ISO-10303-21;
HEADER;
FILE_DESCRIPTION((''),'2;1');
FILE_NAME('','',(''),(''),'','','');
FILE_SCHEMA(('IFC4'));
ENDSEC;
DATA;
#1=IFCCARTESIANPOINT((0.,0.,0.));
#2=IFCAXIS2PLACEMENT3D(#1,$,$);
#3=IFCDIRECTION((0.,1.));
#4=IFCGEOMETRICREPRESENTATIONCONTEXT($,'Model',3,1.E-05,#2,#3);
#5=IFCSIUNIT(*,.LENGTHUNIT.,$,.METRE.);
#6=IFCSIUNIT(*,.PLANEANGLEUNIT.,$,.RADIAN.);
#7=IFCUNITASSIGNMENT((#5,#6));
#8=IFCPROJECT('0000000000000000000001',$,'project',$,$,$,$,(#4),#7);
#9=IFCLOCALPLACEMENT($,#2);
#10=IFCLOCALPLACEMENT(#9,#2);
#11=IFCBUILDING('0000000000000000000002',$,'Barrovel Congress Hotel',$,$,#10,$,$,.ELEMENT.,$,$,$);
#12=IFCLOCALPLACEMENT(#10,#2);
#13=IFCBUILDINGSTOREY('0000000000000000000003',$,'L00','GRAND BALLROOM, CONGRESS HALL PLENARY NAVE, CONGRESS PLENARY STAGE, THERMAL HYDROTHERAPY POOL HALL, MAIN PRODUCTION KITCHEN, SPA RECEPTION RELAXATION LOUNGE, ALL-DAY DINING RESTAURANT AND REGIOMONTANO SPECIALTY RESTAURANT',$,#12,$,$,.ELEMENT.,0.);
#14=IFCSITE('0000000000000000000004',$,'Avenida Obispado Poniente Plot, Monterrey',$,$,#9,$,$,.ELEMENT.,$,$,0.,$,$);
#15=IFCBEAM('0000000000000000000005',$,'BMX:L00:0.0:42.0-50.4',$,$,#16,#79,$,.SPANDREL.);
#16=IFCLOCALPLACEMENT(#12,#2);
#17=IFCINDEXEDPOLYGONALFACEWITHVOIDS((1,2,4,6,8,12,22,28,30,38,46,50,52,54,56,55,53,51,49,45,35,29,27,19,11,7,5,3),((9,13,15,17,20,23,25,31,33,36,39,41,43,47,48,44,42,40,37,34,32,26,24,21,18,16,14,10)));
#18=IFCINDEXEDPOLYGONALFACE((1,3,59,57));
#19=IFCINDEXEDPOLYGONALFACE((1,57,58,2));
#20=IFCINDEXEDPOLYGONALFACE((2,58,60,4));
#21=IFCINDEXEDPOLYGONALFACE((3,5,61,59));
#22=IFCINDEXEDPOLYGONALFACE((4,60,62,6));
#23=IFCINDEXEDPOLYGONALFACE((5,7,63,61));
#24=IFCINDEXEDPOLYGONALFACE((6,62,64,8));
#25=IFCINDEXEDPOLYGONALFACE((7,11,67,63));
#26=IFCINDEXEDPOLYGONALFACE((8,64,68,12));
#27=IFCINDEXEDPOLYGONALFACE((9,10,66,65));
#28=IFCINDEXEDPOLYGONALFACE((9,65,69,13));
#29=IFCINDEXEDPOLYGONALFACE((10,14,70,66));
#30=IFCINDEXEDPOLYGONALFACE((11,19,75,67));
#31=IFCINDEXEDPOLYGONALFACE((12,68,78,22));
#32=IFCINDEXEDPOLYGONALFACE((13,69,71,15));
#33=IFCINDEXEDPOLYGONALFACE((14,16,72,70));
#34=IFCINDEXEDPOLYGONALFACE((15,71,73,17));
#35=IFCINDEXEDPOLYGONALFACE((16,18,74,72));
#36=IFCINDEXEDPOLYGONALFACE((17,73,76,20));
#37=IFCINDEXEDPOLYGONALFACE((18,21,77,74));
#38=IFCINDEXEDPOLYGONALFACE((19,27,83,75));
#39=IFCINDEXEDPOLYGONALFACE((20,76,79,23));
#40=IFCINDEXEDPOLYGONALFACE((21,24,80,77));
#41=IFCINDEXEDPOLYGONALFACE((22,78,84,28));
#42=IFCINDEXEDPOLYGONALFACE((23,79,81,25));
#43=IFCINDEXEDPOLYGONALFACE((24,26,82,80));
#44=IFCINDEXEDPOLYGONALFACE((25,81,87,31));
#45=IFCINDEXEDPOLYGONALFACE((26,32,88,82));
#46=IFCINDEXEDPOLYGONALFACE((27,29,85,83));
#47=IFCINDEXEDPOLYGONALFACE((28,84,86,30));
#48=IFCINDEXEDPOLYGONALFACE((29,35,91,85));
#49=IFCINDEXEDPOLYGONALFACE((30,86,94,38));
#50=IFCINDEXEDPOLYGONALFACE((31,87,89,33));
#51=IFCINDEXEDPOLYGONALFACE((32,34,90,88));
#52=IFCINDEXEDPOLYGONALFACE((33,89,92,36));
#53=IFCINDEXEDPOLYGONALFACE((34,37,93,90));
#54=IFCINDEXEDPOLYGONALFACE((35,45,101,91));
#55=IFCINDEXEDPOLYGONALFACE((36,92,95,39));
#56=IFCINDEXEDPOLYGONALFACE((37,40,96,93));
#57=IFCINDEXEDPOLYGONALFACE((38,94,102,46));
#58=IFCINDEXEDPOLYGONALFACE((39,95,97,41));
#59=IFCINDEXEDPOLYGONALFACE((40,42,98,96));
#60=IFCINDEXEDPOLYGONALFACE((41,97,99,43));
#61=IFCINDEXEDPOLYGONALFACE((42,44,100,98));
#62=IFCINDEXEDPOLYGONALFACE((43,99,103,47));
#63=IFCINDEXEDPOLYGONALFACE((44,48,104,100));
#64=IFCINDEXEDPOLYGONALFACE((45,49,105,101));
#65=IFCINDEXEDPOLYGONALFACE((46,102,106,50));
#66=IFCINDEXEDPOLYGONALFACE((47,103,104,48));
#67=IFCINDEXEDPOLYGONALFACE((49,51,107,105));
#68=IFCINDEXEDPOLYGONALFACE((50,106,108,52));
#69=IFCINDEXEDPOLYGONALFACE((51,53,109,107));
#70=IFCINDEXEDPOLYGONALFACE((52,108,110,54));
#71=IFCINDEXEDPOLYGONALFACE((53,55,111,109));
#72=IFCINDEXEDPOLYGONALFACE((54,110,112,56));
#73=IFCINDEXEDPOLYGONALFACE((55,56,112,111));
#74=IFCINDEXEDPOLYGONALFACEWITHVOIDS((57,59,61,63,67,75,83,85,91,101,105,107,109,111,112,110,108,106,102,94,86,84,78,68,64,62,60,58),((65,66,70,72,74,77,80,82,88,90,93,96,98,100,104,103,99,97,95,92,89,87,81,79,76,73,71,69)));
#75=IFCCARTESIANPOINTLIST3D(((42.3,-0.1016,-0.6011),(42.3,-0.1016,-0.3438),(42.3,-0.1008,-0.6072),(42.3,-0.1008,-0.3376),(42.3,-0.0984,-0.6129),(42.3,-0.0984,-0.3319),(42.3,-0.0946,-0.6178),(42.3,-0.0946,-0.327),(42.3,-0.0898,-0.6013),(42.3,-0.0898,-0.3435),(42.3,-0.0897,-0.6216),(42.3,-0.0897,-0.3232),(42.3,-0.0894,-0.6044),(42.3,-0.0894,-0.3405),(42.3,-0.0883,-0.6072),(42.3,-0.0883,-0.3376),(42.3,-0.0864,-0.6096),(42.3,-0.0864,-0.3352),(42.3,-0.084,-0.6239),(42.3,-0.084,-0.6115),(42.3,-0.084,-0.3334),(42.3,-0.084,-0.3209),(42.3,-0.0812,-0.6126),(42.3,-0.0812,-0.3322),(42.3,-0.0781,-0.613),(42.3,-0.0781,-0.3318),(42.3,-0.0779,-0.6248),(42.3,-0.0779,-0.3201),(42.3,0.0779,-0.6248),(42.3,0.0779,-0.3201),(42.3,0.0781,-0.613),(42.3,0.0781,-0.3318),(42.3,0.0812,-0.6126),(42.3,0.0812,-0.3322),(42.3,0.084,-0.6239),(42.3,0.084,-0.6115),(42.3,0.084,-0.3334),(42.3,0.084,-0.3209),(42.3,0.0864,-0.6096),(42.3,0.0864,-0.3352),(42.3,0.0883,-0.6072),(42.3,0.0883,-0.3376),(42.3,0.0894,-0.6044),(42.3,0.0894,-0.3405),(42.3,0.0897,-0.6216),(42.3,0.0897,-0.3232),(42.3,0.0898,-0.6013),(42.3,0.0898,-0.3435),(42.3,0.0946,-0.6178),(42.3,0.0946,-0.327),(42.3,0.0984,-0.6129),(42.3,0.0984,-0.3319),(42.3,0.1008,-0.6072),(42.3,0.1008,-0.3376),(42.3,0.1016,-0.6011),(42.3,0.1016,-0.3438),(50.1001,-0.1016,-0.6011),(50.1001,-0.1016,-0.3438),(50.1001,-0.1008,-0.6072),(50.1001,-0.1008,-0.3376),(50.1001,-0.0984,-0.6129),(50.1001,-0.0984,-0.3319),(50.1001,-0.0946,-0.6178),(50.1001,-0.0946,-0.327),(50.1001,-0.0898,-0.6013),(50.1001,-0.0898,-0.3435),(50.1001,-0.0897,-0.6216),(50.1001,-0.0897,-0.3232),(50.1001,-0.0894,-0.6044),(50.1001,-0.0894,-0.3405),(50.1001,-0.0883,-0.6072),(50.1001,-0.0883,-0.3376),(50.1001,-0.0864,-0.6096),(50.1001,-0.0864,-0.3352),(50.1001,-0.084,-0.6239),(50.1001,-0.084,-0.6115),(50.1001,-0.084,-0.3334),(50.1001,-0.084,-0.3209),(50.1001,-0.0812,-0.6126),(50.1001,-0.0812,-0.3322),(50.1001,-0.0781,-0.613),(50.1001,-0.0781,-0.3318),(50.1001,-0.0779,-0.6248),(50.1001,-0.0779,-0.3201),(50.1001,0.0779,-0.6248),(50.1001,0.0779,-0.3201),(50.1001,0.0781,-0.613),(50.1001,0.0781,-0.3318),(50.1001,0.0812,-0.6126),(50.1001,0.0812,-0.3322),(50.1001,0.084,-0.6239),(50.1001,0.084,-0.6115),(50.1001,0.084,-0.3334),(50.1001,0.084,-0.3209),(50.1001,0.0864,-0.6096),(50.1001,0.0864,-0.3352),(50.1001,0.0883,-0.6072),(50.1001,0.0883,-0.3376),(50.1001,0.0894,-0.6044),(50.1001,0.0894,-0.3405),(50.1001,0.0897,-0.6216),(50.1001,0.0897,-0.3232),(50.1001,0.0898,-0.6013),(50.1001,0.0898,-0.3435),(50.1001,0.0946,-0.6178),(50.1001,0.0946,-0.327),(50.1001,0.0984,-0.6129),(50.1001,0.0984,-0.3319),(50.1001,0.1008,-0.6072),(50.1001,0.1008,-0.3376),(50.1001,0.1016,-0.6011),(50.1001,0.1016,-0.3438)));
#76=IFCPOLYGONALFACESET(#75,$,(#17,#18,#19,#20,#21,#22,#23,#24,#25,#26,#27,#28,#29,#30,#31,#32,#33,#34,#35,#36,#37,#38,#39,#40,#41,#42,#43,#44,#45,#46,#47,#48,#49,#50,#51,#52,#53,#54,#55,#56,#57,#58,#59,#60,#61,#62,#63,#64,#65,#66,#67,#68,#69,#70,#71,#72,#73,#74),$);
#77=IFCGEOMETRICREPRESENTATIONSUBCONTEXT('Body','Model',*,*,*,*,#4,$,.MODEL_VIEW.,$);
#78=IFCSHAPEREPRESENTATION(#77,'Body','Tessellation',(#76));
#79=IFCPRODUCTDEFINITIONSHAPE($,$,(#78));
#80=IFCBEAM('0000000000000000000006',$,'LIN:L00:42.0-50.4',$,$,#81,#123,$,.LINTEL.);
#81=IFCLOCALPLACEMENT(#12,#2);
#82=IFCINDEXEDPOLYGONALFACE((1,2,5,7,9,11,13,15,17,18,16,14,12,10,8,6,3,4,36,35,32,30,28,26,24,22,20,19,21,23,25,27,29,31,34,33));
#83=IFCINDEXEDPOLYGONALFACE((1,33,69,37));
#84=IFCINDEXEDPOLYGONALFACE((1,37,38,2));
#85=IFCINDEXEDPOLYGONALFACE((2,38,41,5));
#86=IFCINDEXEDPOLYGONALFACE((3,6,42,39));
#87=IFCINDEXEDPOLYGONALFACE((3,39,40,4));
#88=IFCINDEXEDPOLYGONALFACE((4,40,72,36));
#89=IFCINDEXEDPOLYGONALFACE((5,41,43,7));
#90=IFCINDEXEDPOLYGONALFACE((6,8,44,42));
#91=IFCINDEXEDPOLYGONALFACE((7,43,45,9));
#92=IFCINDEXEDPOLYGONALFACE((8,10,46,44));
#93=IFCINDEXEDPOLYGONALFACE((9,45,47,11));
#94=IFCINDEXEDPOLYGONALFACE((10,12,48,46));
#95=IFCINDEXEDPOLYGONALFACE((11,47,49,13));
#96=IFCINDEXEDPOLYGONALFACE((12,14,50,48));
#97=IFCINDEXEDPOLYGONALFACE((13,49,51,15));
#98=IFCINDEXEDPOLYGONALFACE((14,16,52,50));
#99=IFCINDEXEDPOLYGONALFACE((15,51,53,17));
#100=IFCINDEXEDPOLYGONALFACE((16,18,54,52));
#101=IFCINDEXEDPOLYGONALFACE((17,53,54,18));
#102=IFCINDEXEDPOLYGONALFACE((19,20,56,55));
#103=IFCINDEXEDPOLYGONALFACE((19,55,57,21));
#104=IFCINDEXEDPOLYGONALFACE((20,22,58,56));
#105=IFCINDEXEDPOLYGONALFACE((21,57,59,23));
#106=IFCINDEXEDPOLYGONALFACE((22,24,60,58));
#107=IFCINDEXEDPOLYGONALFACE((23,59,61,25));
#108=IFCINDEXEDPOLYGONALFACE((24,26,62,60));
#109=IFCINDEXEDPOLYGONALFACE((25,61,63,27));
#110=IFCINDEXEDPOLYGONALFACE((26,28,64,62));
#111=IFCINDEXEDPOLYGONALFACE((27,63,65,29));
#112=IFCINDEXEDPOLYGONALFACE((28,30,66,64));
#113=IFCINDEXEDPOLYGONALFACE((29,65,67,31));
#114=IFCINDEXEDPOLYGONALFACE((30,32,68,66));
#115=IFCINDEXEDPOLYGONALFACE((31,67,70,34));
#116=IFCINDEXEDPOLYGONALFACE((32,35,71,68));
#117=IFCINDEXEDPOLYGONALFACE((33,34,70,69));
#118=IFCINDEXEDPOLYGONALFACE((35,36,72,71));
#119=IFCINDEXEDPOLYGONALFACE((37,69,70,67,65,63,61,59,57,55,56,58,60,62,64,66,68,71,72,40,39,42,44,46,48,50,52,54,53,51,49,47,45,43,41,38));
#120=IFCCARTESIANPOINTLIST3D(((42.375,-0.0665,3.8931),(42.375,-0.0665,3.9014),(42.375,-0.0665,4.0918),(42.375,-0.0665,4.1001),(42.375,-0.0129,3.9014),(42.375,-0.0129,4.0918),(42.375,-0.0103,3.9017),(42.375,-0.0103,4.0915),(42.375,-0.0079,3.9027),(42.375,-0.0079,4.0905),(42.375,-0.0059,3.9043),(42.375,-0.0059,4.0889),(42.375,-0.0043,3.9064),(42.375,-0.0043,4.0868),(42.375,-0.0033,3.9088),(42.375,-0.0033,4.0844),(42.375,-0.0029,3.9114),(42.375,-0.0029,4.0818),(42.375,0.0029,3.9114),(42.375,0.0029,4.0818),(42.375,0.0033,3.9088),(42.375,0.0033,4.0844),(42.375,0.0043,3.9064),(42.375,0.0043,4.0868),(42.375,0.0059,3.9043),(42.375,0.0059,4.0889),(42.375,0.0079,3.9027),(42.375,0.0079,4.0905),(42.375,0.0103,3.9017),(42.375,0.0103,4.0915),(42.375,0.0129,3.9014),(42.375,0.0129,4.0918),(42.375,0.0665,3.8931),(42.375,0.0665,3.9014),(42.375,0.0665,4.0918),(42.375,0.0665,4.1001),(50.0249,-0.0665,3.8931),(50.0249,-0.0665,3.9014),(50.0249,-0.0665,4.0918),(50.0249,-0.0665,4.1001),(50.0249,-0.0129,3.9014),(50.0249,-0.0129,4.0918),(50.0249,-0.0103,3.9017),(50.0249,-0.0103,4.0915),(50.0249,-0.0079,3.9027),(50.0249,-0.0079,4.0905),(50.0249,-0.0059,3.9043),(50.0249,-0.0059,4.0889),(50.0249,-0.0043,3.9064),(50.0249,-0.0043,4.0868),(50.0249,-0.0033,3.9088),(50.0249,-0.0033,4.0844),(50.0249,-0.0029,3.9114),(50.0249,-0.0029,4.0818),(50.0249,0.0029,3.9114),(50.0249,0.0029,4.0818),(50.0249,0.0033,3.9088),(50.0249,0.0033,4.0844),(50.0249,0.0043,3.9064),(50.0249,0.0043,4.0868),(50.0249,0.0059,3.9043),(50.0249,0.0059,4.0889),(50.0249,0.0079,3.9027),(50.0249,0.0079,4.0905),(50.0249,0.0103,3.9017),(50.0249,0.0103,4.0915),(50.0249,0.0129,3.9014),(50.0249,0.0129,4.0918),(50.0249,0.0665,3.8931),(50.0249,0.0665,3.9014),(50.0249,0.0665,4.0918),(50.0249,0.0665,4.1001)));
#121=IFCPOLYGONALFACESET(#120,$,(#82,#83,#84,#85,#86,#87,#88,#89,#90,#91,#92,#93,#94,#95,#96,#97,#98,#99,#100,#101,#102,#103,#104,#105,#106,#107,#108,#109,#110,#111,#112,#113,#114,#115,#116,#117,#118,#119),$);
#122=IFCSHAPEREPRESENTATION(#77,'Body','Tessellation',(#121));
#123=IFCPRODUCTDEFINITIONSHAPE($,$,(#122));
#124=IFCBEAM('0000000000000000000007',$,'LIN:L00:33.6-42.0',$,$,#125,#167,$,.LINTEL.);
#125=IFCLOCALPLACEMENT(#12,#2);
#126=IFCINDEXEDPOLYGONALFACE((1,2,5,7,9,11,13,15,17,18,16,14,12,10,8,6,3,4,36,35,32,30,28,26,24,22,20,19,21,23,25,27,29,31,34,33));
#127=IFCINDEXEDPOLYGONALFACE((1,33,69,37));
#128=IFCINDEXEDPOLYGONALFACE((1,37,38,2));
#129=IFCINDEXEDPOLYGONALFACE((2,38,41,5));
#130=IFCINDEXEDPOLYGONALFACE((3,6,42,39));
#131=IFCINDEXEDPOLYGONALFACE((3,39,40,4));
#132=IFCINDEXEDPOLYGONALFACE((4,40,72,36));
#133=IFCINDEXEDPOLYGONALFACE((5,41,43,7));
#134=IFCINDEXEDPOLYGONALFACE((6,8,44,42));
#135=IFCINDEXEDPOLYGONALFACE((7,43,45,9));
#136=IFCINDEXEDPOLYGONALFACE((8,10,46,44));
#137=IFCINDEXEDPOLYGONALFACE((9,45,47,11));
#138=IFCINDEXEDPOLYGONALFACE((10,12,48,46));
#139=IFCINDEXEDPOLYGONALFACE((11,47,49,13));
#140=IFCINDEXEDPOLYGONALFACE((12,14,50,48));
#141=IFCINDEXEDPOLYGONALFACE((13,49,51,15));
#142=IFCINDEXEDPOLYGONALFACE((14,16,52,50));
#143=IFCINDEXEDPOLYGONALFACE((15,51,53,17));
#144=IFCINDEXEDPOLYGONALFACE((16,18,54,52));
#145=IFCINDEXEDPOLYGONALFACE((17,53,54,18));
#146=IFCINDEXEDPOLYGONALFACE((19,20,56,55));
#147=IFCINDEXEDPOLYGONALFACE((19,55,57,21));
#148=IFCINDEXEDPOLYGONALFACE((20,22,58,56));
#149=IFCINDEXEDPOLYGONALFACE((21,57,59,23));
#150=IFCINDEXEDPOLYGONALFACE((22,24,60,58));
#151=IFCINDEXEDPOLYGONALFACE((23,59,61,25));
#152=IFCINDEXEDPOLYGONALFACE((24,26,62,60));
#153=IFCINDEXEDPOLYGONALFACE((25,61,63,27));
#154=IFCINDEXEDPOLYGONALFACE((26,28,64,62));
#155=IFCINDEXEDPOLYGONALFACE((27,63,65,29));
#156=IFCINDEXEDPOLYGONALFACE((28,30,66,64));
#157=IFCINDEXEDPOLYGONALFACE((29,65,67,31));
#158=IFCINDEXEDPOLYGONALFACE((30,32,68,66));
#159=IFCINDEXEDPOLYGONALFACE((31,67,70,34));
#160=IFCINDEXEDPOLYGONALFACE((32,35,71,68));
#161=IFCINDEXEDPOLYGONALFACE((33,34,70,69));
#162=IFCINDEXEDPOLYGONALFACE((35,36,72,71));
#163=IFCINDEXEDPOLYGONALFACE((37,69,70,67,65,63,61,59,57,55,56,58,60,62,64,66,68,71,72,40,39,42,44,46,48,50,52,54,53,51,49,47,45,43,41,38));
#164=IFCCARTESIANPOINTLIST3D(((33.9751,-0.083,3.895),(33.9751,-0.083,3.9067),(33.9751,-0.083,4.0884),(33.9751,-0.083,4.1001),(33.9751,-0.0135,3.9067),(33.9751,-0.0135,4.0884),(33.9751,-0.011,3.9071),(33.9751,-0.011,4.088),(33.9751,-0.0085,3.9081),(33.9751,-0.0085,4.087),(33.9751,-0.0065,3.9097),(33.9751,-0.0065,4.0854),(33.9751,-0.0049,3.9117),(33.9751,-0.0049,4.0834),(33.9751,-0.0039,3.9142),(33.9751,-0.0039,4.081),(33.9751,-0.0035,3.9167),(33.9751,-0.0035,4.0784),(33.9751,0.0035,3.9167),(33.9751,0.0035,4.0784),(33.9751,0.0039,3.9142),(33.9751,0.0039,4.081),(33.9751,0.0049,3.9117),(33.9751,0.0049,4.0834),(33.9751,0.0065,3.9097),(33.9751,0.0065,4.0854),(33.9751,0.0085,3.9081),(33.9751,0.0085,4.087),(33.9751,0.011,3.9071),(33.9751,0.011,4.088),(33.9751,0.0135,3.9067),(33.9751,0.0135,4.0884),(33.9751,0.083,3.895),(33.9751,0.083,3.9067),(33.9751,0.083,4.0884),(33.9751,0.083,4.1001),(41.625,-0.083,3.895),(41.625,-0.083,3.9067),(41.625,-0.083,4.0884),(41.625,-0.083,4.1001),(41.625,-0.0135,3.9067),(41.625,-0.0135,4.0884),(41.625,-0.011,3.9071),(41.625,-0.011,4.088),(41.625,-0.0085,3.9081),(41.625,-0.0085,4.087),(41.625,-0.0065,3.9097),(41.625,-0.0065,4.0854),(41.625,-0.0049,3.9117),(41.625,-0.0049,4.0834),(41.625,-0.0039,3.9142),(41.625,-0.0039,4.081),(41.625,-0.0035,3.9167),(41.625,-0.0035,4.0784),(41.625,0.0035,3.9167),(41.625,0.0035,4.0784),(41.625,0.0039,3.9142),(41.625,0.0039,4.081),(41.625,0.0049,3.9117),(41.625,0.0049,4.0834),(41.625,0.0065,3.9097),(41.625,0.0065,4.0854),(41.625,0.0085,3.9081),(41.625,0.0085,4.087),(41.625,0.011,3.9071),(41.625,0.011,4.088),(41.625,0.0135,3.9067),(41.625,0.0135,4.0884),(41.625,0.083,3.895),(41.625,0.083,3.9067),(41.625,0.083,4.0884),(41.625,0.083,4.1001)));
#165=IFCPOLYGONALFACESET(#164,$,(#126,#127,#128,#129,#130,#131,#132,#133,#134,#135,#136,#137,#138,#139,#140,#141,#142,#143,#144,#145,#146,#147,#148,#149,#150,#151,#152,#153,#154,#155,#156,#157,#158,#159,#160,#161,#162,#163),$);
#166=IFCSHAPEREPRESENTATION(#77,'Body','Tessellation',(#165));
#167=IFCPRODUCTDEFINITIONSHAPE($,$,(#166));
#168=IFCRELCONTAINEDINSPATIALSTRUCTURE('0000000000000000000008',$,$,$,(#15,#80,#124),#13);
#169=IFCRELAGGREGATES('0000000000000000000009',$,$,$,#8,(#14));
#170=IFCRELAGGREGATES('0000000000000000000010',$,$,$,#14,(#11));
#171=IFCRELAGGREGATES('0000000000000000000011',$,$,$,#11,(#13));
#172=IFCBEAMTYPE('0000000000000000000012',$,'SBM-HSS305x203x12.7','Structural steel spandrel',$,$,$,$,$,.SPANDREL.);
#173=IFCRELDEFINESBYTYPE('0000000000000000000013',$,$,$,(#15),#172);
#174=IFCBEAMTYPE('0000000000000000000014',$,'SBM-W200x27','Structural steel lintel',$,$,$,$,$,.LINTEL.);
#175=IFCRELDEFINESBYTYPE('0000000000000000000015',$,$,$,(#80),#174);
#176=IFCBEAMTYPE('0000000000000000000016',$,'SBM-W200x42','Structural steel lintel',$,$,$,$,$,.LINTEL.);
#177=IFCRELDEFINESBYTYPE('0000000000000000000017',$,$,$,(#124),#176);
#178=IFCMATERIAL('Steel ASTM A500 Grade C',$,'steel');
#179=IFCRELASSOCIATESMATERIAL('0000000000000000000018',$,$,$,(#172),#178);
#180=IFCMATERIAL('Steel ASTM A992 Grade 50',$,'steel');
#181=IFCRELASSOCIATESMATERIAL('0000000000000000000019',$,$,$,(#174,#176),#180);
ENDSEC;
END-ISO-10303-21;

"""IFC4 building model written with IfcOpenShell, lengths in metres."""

from ifc_helpers import new_model, si_unit, direction, frame, origin, origin_2d, place, context, subcontext, project, spatial, hollow_rectangle, i_section, extrude, material, material_profile, profile_set, type_object, element, save


model = new_model("IFC4")

# Units and contexts
model_context = context("Model", 3, precision=1e-05, world=origin(), true_north=direction((0.0, 1.0)))
body_context = subcontext(model_context, "Body", "Model", "MODEL_VIEW")
ifc_project = project(units=[si_unit("LENGTHUNIT", "METRE"), si_unit("PLANEANGLEUNIT", "RADIAN")], contexts=[model_context])

# Site, building, storey
site_placement = place(None, origin())
site = spatial("IfcSite", under=ifc_project, at=site_placement, Name="Avenida Obispado Poniente Plot, Monterrey", CompositionType="ELEMENT", RefElevation=0.0)
building_placement = place(site_placement, origin())
building = spatial("IfcBuilding", under=site, at=building_placement, Name="Barrovel Congress Hotel", CompositionType="ELEMENT")
storey_placement = place(building_placement, origin())
storey = spatial("IfcBuildingStorey", under=building, at=storey_placement, Name="L00", Description="GRAND BALLROOM, CONGRESS HALL PLENARY NAVE, CONGRESS PLENARY STAGE, THERMAL HYDROTHERAPY POOL HALL, MAIN PRODUCTION KITCHEN, SPA RECEPTION RELAXATION LOUNGE, ALL-DAY DINING RESTAURANT AND REGIOMONTANO SPECIALTY RESTAURANT", CompositionType="ELEMENT", Elevation=0.0)

# Beams
ifc_material_1 = material(Name="Steel ASTM A500 Grade C", Category="steel")
ifc_material_profile_1 = material_profile(ifc_material_1, hollow_rectangle(XDim=0.2031, YDim=0.3047, WallThickness=0.0117, InnerFilletRadius=0.0117, OuterFilletRadius=0.0237, at=origin_2d()), Name="HSS305x203x12.7")
ifc_profile_set_1 = profile_set([ifc_material_profile_1], Name="Steel ASTM A500 Grade C")
beam_type_1 = type_object("IfcBeamType", Name="SBM-HSS305x203x12.7", Description="Structural steel spandrel", PredefinedType="SPANDREL", material=ifc_profile_set_1)
beam_1_placement = place(storey_placement, frame((42.3, 0.0, -0.4724), z_axis=(1.0, 0.0, 0.0), x_axis=(0.0, 1.0, 0.0)))
element("IfcBeam", 1, at=beam_1_placement, inside=storey, type_object=beam_type_1, Name="BMX:L00:0.0:42.0-50.4", PredefinedType="SPANDREL", context=body_context, shape_type="SweptSolid", body=[
    extrude(hollow_rectangle(XDim=0.2031, YDim=0.3047, WallThickness=0.0117, InnerFilletRadius=0.0117, OuterFilletRadius=0.0237, at=origin_2d()), origin(), (0.0, 0.0, 1.0), 7.8),
])
ifc_material_2 = material(Name="Steel ASTM A992 Grade 50", Category="steel")
ifc_material_profile_2 = material_profile(ifc_material_2, i_section(OverallWidth=0.1331, OverallDepth=0.207, WebThickness=0.0059, FlangeThickness=0.0083, FilletRadius=0.01, at=origin_2d()), Name="W200x27")
ifc_profile_set_2 = profile_set([ifc_material_profile_2], Name="Steel ASTM A992 Grade 50")
beam_type_2 = type_object("IfcBeamType", Name="SBM-W200x27", Description="Structural steel lintel", PredefinedType="LINTEL", material=ifc_profile_set_2)
beam_2_placement = place(storey_placement, frame((42.375, 0.0, 3.9966), z_axis=(1.0, 0.0, 0.0), x_axis=(0.0, 1.0, 0.0)))
element("IfcBeam", 2, at=beam_2_placement, inside=storey, type_object=beam_type_2, Name="LIN:L00:42.0-50.4", PredefinedType="LINTEL", context=body_context, shape_type="SweptSolid", body=[
    extrude(i_section(OverallWidth=0.1331, OverallDepth=0.207, WebThickness=0.0059, FlangeThickness=0.0083, FilletRadius=0.01, at=origin_2d()), origin(), (0.0, 0.0, 1.0), 7.6499),
])
ifc_material_profile_3 = material_profile(ifc_material_2, i_section(OverallWidth=0.166, OverallDepth=0.2051, WebThickness=0.0071, FlangeThickness=0.0117, FilletRadius=0.01, at=origin_2d()), Name="W200x42")
ifc_profile_set_3 = profile_set([ifc_material_profile_3], Name="Steel ASTM A992 Grade 50")
beam_type_3 = type_object("IfcBeamType", Name="SBM-W200x42", Description="Structural steel lintel", PredefinedType="LINTEL", material=ifc_profile_set_3)
beam_3_placement = place(storey_placement, frame((33.9751, 0.0, 3.9976), z_axis=(1.0, 0.0, 0.0), x_axis=(0.0, 1.0, 0.0)))
element("IfcBeam", 3, at=beam_3_placement, inside=storey, type_object=beam_type_3, Name="LIN:L00:33.6-42.0", PredefinedType="LINTEL", context=body_context, shape_type="SweptSolid", body=[
    extrude(i_section(OverallWidth=0.166, OverallDepth=0.2051, WebThickness=0.0071, FlangeThickness=0.0117, FilletRadius=0.01, at=origin_2d()), origin(), (0.0, 0.0, 1.0), 7.6499),
])

save(model, "model.ifc")
